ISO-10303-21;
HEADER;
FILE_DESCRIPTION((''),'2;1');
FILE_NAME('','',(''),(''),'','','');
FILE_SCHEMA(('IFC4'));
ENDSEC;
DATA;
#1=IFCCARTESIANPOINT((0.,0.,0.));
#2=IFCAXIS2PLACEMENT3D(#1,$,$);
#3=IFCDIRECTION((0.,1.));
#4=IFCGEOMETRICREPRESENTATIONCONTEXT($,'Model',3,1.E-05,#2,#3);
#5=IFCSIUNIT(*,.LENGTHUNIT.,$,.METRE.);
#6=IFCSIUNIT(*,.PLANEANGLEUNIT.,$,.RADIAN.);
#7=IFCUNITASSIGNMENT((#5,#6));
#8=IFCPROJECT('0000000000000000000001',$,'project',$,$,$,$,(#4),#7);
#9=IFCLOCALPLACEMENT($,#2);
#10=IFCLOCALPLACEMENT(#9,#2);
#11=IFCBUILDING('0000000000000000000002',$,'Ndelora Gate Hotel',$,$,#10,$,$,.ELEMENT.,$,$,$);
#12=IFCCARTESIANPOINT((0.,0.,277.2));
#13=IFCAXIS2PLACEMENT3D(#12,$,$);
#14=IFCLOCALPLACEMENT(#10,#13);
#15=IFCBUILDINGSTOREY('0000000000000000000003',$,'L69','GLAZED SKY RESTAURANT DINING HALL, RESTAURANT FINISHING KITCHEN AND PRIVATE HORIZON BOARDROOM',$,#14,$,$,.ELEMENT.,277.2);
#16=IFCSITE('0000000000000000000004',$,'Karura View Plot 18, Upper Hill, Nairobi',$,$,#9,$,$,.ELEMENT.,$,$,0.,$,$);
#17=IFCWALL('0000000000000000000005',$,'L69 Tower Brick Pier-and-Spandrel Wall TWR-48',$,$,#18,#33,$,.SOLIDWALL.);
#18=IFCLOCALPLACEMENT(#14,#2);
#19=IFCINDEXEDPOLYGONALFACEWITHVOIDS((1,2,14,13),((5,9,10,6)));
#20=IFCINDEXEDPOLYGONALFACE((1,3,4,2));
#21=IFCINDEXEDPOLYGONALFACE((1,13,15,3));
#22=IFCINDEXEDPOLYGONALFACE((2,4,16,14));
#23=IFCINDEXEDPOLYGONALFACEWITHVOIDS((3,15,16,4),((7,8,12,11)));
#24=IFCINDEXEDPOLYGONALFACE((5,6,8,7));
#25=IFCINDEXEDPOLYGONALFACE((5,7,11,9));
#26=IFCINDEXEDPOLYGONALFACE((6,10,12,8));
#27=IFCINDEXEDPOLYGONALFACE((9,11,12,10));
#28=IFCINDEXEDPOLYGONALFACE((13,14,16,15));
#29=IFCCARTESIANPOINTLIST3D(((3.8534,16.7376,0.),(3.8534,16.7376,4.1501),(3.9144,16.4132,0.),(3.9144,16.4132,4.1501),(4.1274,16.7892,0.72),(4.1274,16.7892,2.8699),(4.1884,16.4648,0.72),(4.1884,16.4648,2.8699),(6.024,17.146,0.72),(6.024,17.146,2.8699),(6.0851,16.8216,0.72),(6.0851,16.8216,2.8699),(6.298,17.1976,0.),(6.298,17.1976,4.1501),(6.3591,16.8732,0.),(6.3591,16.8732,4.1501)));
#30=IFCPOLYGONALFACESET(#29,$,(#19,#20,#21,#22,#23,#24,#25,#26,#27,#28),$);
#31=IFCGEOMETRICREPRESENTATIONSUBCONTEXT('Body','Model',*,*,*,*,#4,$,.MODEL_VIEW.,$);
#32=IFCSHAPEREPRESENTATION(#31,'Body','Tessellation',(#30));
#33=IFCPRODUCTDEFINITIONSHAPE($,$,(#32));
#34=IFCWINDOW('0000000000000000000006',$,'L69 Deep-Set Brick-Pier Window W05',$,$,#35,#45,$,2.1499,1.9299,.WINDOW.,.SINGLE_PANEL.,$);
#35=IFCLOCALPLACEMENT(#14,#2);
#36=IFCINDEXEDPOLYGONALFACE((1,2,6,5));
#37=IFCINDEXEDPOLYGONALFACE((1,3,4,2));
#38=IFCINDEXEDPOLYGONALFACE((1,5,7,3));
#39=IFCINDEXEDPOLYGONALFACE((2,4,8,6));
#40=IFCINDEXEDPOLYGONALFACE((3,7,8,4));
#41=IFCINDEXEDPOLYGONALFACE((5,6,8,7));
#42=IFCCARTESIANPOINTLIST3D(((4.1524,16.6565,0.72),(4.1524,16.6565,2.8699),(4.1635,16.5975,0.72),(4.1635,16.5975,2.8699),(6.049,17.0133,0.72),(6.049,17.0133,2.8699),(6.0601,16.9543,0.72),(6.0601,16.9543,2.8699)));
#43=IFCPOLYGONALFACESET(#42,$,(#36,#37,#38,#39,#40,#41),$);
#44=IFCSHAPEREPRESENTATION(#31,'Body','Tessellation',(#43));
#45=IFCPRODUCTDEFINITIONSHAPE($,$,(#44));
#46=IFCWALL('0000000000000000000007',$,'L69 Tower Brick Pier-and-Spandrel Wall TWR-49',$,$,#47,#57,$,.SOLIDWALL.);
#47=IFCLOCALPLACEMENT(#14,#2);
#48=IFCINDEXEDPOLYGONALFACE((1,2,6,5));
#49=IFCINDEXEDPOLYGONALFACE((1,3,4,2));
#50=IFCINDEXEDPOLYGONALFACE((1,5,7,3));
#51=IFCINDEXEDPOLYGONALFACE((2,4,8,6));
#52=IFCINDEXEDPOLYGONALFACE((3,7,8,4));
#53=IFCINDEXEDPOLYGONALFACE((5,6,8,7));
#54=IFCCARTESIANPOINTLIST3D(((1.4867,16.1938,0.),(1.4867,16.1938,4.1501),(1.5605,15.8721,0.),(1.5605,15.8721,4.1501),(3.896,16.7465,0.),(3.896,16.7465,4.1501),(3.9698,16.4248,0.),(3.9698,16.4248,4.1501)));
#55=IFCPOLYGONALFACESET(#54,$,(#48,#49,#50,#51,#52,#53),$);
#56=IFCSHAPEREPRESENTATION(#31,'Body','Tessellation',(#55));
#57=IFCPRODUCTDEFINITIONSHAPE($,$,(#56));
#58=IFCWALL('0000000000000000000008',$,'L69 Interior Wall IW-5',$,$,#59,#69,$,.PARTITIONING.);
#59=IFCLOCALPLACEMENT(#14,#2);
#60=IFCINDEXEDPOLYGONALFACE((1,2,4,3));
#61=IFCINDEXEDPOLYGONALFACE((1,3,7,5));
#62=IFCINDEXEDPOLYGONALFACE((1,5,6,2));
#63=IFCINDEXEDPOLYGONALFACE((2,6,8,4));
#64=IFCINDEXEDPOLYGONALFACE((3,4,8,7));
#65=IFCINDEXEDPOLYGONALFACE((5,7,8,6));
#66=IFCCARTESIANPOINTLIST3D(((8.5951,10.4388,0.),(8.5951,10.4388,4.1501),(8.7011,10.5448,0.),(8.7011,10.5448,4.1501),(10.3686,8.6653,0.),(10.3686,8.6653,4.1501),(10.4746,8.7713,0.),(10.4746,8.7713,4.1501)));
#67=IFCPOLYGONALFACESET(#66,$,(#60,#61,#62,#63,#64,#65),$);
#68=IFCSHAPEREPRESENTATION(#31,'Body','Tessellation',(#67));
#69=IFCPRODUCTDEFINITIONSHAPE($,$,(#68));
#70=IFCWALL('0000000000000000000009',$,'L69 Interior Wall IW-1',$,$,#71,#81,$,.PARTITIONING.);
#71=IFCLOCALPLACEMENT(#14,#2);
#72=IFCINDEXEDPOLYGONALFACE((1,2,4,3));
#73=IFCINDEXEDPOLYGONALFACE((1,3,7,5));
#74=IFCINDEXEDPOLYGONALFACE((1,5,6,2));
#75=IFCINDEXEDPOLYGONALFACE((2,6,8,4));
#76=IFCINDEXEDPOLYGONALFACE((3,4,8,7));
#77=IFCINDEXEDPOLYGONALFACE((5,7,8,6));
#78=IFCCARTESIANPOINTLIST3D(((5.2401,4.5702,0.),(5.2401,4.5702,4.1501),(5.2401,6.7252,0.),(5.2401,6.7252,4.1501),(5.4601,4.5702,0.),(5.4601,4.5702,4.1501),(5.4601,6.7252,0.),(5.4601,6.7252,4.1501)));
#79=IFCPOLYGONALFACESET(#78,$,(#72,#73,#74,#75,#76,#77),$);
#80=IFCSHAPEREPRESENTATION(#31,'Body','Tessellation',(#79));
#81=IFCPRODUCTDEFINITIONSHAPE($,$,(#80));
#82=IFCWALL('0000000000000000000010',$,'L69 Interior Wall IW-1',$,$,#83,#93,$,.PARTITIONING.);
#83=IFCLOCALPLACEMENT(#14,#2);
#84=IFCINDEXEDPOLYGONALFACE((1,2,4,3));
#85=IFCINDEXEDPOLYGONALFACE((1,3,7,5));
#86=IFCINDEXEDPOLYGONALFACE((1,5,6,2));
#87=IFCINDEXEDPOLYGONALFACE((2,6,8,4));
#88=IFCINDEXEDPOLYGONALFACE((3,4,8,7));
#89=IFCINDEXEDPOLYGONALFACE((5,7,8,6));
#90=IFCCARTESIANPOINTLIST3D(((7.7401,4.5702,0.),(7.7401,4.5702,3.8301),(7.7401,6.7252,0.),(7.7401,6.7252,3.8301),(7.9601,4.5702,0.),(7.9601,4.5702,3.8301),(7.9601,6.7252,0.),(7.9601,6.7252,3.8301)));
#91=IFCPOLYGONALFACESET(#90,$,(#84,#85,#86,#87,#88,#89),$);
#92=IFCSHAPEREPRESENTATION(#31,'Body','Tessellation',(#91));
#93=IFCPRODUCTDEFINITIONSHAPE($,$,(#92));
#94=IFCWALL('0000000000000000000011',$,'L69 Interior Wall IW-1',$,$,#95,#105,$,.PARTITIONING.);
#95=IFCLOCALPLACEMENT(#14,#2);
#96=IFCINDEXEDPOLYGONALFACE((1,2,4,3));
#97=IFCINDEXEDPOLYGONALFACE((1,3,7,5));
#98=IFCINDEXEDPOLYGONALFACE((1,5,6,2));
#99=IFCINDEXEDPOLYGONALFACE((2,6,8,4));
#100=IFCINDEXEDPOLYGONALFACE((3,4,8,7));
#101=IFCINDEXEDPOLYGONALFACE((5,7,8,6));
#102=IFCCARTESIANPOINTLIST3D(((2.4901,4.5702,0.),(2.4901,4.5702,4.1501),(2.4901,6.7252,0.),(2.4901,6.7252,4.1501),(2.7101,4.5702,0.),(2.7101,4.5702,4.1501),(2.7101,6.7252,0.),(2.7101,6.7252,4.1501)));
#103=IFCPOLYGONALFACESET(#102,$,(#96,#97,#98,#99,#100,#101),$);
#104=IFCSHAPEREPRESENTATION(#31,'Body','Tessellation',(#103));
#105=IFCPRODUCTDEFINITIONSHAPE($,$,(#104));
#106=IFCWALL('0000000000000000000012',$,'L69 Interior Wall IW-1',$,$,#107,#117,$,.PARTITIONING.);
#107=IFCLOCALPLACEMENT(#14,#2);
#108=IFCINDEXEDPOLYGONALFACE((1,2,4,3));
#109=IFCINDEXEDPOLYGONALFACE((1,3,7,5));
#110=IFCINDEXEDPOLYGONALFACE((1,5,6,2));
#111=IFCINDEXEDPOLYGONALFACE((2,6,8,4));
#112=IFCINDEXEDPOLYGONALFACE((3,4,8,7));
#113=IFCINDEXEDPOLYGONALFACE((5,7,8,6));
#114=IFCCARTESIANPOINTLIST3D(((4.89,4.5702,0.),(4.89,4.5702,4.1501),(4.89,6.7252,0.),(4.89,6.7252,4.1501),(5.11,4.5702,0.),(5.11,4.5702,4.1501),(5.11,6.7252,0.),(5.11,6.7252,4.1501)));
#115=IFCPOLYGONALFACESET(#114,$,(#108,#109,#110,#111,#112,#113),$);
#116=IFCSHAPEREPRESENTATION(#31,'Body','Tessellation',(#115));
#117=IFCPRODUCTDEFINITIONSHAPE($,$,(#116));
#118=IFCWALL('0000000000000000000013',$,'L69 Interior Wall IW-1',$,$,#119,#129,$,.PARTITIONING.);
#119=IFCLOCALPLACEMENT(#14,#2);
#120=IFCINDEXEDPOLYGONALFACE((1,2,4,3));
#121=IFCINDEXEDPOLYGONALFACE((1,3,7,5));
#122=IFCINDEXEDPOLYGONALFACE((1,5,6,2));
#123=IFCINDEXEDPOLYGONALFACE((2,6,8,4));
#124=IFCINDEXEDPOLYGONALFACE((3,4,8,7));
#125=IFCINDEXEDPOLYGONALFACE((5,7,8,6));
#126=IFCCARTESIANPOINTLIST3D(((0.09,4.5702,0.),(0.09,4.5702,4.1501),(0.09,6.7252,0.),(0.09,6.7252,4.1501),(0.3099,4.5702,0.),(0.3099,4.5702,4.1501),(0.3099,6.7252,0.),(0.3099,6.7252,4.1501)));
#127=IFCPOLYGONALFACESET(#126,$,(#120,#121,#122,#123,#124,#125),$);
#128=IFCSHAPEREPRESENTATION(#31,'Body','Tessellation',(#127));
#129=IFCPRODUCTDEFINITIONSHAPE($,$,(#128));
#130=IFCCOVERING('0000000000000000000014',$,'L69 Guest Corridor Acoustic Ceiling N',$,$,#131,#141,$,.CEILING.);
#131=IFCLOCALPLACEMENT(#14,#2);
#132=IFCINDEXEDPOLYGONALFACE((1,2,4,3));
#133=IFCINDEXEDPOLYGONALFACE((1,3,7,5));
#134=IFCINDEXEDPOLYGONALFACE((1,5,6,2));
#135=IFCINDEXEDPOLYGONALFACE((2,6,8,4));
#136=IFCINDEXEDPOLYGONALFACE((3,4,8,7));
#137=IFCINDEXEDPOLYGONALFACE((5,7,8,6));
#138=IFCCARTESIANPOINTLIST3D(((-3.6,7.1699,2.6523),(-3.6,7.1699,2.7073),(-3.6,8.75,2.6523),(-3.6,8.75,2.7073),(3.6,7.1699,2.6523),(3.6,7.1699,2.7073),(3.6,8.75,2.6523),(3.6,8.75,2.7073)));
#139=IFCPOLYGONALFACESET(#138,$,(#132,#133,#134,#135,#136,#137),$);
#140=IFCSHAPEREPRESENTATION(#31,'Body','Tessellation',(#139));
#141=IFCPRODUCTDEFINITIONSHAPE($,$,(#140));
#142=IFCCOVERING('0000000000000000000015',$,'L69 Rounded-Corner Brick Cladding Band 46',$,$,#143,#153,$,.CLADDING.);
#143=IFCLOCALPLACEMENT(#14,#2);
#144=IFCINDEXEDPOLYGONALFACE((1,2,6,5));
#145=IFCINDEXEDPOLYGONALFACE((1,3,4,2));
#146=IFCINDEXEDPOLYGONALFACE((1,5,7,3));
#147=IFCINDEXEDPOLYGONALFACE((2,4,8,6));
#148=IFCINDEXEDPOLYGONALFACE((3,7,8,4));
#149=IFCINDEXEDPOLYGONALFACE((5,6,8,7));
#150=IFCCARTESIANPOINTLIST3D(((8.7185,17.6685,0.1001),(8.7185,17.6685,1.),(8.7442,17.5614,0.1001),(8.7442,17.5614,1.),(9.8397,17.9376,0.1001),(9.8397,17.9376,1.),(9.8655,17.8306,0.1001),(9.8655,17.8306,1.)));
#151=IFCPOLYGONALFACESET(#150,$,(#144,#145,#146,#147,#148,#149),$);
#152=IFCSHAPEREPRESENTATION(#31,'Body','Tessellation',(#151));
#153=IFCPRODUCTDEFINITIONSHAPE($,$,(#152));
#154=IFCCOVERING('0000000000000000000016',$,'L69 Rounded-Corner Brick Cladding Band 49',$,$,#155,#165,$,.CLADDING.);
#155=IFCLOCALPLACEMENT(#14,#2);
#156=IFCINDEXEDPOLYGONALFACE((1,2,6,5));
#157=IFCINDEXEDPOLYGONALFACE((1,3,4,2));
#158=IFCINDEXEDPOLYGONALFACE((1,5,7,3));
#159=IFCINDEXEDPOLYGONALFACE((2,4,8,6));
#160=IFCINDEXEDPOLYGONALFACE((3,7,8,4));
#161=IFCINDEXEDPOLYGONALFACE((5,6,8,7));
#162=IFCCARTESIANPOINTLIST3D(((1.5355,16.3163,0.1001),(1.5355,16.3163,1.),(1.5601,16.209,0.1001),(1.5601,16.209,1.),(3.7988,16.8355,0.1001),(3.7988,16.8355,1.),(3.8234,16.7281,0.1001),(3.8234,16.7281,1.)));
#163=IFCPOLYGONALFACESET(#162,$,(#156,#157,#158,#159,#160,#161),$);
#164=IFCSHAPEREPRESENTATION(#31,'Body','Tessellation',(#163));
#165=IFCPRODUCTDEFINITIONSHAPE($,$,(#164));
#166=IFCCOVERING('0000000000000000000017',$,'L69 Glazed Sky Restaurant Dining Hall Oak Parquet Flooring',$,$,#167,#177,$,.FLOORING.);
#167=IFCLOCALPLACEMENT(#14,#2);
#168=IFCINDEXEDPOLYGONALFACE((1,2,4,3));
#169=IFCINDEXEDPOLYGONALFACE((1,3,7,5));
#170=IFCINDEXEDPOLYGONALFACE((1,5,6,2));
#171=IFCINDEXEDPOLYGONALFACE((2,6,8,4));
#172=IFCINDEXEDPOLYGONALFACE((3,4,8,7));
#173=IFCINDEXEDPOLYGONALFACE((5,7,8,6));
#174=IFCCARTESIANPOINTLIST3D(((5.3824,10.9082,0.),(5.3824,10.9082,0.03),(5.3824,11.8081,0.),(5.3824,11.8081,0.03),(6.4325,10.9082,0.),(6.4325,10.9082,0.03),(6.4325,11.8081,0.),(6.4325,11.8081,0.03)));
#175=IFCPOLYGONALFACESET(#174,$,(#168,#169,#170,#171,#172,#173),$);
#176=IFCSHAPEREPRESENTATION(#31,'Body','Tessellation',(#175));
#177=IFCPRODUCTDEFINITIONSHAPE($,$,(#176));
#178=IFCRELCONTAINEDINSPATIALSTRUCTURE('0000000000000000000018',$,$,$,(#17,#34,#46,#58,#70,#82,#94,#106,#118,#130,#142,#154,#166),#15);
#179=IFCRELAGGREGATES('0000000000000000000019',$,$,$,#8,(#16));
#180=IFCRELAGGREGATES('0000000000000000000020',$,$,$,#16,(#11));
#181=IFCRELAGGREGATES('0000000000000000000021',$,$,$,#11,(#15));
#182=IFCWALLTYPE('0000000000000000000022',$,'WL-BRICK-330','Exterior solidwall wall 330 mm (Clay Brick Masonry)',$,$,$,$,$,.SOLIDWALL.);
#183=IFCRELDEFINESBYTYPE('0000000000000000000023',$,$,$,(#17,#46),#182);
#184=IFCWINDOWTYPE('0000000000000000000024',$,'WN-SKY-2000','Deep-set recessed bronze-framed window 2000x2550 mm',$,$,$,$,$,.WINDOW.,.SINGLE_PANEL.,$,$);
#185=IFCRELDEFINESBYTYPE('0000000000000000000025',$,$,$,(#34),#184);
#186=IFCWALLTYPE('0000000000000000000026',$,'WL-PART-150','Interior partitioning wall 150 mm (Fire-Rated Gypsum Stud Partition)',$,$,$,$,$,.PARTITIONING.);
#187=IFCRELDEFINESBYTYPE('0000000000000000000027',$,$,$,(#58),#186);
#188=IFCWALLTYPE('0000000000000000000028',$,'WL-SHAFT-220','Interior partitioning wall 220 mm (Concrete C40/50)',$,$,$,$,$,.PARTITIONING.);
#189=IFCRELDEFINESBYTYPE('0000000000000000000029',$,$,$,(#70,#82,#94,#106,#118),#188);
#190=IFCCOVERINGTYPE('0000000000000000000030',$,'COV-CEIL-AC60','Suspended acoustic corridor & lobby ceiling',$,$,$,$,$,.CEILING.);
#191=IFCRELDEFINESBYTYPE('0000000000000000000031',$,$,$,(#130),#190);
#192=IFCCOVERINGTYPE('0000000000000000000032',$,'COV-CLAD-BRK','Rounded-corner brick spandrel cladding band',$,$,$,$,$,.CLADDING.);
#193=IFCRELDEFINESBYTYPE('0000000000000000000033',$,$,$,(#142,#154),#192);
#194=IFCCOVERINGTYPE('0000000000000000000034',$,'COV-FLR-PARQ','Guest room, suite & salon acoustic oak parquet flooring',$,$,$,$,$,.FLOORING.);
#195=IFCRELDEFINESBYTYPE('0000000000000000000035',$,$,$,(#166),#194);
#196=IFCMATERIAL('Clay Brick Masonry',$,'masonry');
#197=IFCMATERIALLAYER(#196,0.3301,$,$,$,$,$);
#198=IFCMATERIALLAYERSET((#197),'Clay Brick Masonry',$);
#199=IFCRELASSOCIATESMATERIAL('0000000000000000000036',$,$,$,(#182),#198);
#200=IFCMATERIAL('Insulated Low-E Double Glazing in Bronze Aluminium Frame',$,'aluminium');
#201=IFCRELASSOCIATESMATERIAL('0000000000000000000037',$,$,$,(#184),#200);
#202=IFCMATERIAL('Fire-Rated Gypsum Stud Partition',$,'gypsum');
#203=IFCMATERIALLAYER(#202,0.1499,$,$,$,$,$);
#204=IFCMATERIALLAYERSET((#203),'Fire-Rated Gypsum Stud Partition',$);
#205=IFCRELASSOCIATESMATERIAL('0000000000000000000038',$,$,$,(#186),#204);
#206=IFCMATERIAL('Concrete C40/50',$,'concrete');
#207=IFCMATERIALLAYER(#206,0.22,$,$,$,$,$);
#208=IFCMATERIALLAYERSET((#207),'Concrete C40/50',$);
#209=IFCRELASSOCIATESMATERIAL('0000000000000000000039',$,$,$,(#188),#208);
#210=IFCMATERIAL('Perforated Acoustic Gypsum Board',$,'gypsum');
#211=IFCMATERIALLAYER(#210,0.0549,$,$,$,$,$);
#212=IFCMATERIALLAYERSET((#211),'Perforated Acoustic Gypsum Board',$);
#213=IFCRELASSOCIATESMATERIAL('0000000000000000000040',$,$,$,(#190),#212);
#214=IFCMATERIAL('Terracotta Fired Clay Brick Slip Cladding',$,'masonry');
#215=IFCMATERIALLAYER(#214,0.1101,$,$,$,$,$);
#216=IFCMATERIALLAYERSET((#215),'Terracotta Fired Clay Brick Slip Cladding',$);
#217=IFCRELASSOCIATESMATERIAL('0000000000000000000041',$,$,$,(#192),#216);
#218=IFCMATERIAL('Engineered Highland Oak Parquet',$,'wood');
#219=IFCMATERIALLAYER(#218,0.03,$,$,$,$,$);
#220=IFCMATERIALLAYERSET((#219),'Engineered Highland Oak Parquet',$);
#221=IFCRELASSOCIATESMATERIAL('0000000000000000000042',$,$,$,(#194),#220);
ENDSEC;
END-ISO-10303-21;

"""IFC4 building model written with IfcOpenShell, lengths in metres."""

from ifc_helpers import new_model, si_unit, direction, frame, frame_2d, origin, origin_2d, place, context, subcontext, project, spatial, rectangle, extrude, material, layer, layer_set, type_object, element, fill, save


model = new_model("IFC4")

# Units and contexts
model_context = context("Model", 3, precision=1e-05, world=origin(), true_north=direction((0.0, 1.0)))
body_context = subcontext(model_context, "Body", "Model", "MODEL_VIEW")
ifc_project = project(units=[si_unit("LENGTHUNIT", "METRE"), si_unit("PLANEANGLEUNIT", "RADIAN")], contexts=[model_context])

# Site, building, storey
site_placement = place(None, origin())
site = spatial("IfcSite", under=ifc_project, at=site_placement, Name="Karura View Plot 18, Upper Hill, Nairobi", CompositionType="ELEMENT", RefElevation=0.0)
building_placement = place(site_placement, origin())
building = spatial("IfcBuilding", under=site, at=building_placement, Name="Ndelora Gate Hotel", CompositionType="ELEMENT")
storey_placement = place(building_placement, frame((0.0, 0.0, 277.2)))
storey = spatial("IfcBuildingStorey", under=building, at=storey_placement, Name="L69", Description="GLAZED SKY RESTAURANT DINING HALL, RESTAURANT FINISHING KITCHEN AND PRIVATE HORIZON BOARDROOM", CompositionType="ELEMENT", Elevation=277.2)

# Shared definitions
ifc_material_1 = material(Name="Clay Brick Masonry", Category="masonry")
ifc_layer_1 = layer(ifc_material_1, 0.3301)
ifc_layer_set_1 = layer_set([ifc_layer_1], Name="Clay Brick Masonry")
wall_type_1 = type_object("IfcWallType", Name="WL-BRICK-330", Description="Exterior solidwall wall 330 mm (Clay Brick Masonry)", PredefinedType="SOLIDWALL", material=ifc_layer_set_1)

# Wall, opening, window
ifc_material_2 = material(Name="Insulated Low-E Double Glazing in Bronze Aluminium Frame", Category="aluminium")
window_type = type_object("IfcWindowType", Name="WN-SKY-2000", Description="Deep-set recessed bronze-framed window 2000x2550 mm", PartitioningType="SINGLE_PANEL", PredefinedType="WINDOW", material=ifc_material_2)
wall_1_placement = place(storey_placement, frame((3.884, 16.5754, 0.0), z_axis=(0.0, 0.0, 1.0), x_axis=(0.982755, 0.184911, 0.0)))
wall_1 = element("IfcWall", 1, at=wall_1_placement, inside=storey, type_object=wall_type_1, Name="L69 Tower Brick Pier-and-Spandrel Wall TWR-48", PredefinedType="SOLIDWALL", context=body_context, shape_type="SweptSolid", body=[
    extrude(rectangle(XDim=2.4875, YDim=0.3301, at=frame_2d((1.2437, 0.0))), origin(), (0.0, 0.0, 1.0), 4.1501),
])
opening_1_placement = place(wall_1_placement, frame((0.2788, 0.0, 0.72)))
opening_1 = element("IfcOpeningElement", 2, at=opening_1_placement, cuts=wall_1, PredefinedType="OPENING", context=body_context, shape_type="SweptSolid", body=[
    extrude(rectangle(XDim=1.9299, YDim=2.1499, at=frame_2d((0.9648, 1.075))), frame((0.0, 0.175, 0.0), z_axis=(0.0, -1.0, 0.0), x_axis=(1.0, 0.0, 0.0)), (0.0, 0.0, 1.0), 0.3501),
])
window_1_placement = place(opening_1_placement, origin())
window_1 = element("IfcWindow", 3, at=window_1_placement, inside=storey, type_object=window_type, Name="L69 Deep-Set Brick-Pier Window W05", OverallHeight=2.1499, OverallWidth=1.9299, PartitioningType="SINGLE_PANEL", PredefinedType="WINDOW", context=body_context, shape_type="SweptSolid", body=[
    extrude(rectangle(XDim=1.9299, YDim=2.1499, at=frame_2d((0.9648, 1.075))), frame((0.0, 0.03, 0.0), z_axis=(0.0, -1.0, 0.0), x_axis=(1.0, 0.0, 0.0)), (0.0, 0.0, 1.0), 0.0601),
])
fill(opening_1, window_1)

# Walls
wall_2_placement = place(storey_placement, frame((1.5237, 16.033, 0.0), z_axis=(0.0, 0.0, 1.0), x_axis=(0.974682, 0.223597, 0.0)))
element("IfcWall", 4, at=wall_2_placement, inside=storey, type_object=wall_type_1, Name="L69 Tower Brick Pier-and-Spandrel Wall TWR-49", PredefinedType="SOLIDWALL", context=body_context, shape_type="SweptSolid", body=[
    extrude(rectangle(XDim=2.4719, YDim=0.3301, at=frame_2d((1.2358, 0.0))), origin(), (0.0, 0.0, 1.0), 4.1501),
])
ifc_material_3 = material(Name="Fire-Rated Gypsum Stud Partition", Category="gypsum")
ifc_layer_2 = layer(ifc_material_3, 0.1499)
ifc_layer_set_2 = layer_set([ifc_layer_2], Name="Fire-Rated Gypsum Stud Partition")
wall_type_2 = type_object("IfcWallType", Name="WL-PART-150", Description="Interior partitioning wall 150 mm (Fire-Rated Gypsum Stud Partition)", PredefinedType="PARTITIONING", material=ifc_layer_set_2)
wall_3_placement = place(storey_placement, frame((8.6482, 10.4917, 0.0), z_axis=(0.0, 0.0, 1.0), x_axis=(0.707107, -0.707107, 0.0)))
element("IfcWall", 5, at=wall_3_placement, inside=storey, type_object=wall_type_2, Name="L69 Interior Wall IW-5", PredefinedType="PARTITIONING", context=body_context, shape_type="SweptSolid", body=[
    extrude(rectangle(XDim=2.5081, YDim=0.1499, at=frame_2d((1.2539, 0.0))), origin(), (0.0, 0.0, 1.0), 4.1501),
])
ifc_material_4 = material(Name="Concrete C40/50", Category="concrete")
ifc_layer_3 = layer(ifc_material_4, 0.22)
ifc_layer_set_3 = layer_set([ifc_layer_3], Name="Concrete C40/50")
wall_type_3 = type_object("IfcWallType", Name="WL-SHAFT-220", Description="Interior partitioning wall 220 mm (Concrete C40/50)", PredefinedType="PARTITIONING", material=ifc_layer_set_3)
wall_4_placement = place(storey_placement, frame((5.3501, 4.5701, 0.0), z_axis=(0.0, 0.0, 1.0), x_axis=(0.0, 1.0, 0.0)))
element("IfcWall", 6, at=wall_4_placement, inside=storey, type_object=wall_type_3, Name="L69 Interior Wall IW-1", PredefinedType="PARTITIONING", context=body_context, shape_type="SweptSolid", body=[
    extrude(rectangle(XDim=2.155, YDim=0.22, at=frame_2d((1.0776, 0.0))), origin(), (0.0, 0.0, 1.0), 4.1501),
])
wall_5_placement = place(storey_placement, frame((7.8501, 4.5701, 0.0), z_axis=(0.0, 0.0, 1.0), x_axis=(0.0, 1.0, 0.0)))
element("IfcWall", 7, at=wall_5_placement, inside=storey, type_object=wall_type_3, Name="L69 Interior Wall IW-1", PredefinedType="PARTITIONING", context=body_context, shape_type="SweptSolid", body=[
    extrude(rectangle(XDim=2.155, YDim=0.22, at=frame_2d((1.0776, 0.0))), origin(), (0.0, 0.0, 1.0), 3.8301),
])
for number, where, z_axis, x_axis, name in (
    (8, (2.6001, 4.5701, 0.0), (0.0, 0.0, 1.0), (0.0, 1.0, 0.0), "L69 Interior Wall IW-1"),
    (9, (5.0, 4.5701, 0.0), (0.0, 0.0, 1.0), (0.0, 1.0, 0.0), "L69 Interior Wall IW-1"),
    (10, (0.2, 4.5701, 0.0), (0.0, 0.0, 1.0), (0.0, 1.0, 0.0), "L69 Interior Wall IW-1"),
):
    element("IfcWall", number, at=place(storey_placement, frame(where, z_axis=z_axis, x_axis=x_axis)), inside=storey, type_object=wall_type_3, Name=name, PredefinedType="PARTITIONING", context=body_context, shape_type="SweptSolid", body=[
        extrude(rectangle(XDim=2.155, YDim=0.22, at=frame_2d((1.0776, 0.0))), origin(), (0.0, 0.0, 1.0), 4.1501),
    ])

# Coverings
ifc_material_5 = material(Name="Perforated Acoustic Gypsum Board", Category="gypsum")
ifc_layer_4 = layer(ifc_material_5, 0.0549)
ifc_layer_set_4 = layer_set([ifc_layer_4], Name="Perforated Acoustic Gypsum Board")
covering_type_1 = type_object("IfcCoveringType", Name="COV-CEIL-AC60", Description="Suspended acoustic corridor & lobby ceiling", PredefinedType="CEILING", material=ifc_layer_set_4)
covering_1_placement = place(storey_placement, frame((0.0, 7.96, 2.6523), z_axis=(0.0, 0.0, 1.0), x_axis=(1.0, 0.0, 0.0)))
element("IfcCovering", 11, at=covering_1_placement, inside=storey, type_object=covering_type_1, Name="L69 Guest Corridor Acoustic Ceiling N", PredefinedType="CEILING", context=body_context, shape_type="SweptSolid", body=[
    extrude(rectangle(XDim=7.2, YDim=1.5801, at=origin_2d()), origin(), (0.0, 0.0, 1.0), 0.0549),
])
ifc_material_6 = material(Name="Terracotta Fired Clay Brick Slip Cladding", Category="masonry")
ifc_layer_5 = layer(ifc_material_6, 0.1101)
ifc_layer_set_5 = layer_set([ifc_layer_5], Name="Terracotta Fired Clay Brick Slip Cladding")
covering_type_2 = type_object("IfcCoveringType", Name="COV-CLAD-BRK", Description="Rounded-corner brick spandrel cladding band", PredefinedType="CLADDING", material=ifc_layer_set_5)
covering_2_placement = place(storey_placement, frame((9.292, 17.7495, 0.1001), z_axis=(0.0, 0.0, 1.0), x_axis=(0.97237, 0.233445, 0.0)))
element("IfcCovering", 12, at=covering_2_placement, inside=storey, type_object=covering_type_2, Name="L69 Rounded-Corner Brick Cladding Band 46", PredefinedType="CLADDING", context=body_context, shape_type="SweptSolid", body=[
    extrude(rectangle(XDim=1.1531, YDim=0.1101, at=origin_2d()), origin(), (0.0, 0.0, 1.0), 0.8999),
])
covering_3_placement = place(storey_placement, frame((2.6794, 16.5222, 0.1001), z_axis=(0.0, 0.0, 1.0), x_axis=(0.974683, 0.22359, 0.0)))
element("IfcCovering", 13, at=covering_3_placement, inside=storey, type_object=covering_type_2, Name="L69 Rounded-Corner Brick Cladding Band 49", PredefinedType="CLADDING", context=body_context, shape_type="SweptSolid", body=[
    extrude(rectangle(XDim=2.322, YDim=0.1101, at=origin_2d()), origin(), (0.0, 0.0, 1.0), 0.8999),
])
ifc_material_7 = material(Name="Engineered Highland Oak Parquet", Category="wood")
ifc_layer_6 = layer(ifc_material_7, 0.03)
ifc_layer_set_6 = layer_set([ifc_layer_6], Name="Engineered Highland Oak Parquet")
covering_type_3 = type_object("IfcCoveringType", Name="COV-FLR-PARQ", Description="Guest room, suite & salon acoustic oak parquet flooring", PredefinedType="FLOORING", material=ifc_layer_set_6)
covering_4_placement = place(storey_placement, frame((5.9075, 11.3582, 0.0), z_axis=(0.0, 0.0, 1.0), x_axis=(1.0, 0.0, 0.0)))
element("IfcCovering", 14, at=covering_4_placement, inside=storey, type_object=covering_type_3, Name="L69 Glazed Sky Restaurant Dining Hall Oak Parquet Flooring", PredefinedType="FLOORING", context=body_context, shape_type="SweptSolid", body=[
    extrude(rectangle(XDim=1.05, YDim=0.8999, at=origin_2d()), origin(), (0.0, 0.0, 1.0), 0.03),
])

save(model, "model.ifc")
